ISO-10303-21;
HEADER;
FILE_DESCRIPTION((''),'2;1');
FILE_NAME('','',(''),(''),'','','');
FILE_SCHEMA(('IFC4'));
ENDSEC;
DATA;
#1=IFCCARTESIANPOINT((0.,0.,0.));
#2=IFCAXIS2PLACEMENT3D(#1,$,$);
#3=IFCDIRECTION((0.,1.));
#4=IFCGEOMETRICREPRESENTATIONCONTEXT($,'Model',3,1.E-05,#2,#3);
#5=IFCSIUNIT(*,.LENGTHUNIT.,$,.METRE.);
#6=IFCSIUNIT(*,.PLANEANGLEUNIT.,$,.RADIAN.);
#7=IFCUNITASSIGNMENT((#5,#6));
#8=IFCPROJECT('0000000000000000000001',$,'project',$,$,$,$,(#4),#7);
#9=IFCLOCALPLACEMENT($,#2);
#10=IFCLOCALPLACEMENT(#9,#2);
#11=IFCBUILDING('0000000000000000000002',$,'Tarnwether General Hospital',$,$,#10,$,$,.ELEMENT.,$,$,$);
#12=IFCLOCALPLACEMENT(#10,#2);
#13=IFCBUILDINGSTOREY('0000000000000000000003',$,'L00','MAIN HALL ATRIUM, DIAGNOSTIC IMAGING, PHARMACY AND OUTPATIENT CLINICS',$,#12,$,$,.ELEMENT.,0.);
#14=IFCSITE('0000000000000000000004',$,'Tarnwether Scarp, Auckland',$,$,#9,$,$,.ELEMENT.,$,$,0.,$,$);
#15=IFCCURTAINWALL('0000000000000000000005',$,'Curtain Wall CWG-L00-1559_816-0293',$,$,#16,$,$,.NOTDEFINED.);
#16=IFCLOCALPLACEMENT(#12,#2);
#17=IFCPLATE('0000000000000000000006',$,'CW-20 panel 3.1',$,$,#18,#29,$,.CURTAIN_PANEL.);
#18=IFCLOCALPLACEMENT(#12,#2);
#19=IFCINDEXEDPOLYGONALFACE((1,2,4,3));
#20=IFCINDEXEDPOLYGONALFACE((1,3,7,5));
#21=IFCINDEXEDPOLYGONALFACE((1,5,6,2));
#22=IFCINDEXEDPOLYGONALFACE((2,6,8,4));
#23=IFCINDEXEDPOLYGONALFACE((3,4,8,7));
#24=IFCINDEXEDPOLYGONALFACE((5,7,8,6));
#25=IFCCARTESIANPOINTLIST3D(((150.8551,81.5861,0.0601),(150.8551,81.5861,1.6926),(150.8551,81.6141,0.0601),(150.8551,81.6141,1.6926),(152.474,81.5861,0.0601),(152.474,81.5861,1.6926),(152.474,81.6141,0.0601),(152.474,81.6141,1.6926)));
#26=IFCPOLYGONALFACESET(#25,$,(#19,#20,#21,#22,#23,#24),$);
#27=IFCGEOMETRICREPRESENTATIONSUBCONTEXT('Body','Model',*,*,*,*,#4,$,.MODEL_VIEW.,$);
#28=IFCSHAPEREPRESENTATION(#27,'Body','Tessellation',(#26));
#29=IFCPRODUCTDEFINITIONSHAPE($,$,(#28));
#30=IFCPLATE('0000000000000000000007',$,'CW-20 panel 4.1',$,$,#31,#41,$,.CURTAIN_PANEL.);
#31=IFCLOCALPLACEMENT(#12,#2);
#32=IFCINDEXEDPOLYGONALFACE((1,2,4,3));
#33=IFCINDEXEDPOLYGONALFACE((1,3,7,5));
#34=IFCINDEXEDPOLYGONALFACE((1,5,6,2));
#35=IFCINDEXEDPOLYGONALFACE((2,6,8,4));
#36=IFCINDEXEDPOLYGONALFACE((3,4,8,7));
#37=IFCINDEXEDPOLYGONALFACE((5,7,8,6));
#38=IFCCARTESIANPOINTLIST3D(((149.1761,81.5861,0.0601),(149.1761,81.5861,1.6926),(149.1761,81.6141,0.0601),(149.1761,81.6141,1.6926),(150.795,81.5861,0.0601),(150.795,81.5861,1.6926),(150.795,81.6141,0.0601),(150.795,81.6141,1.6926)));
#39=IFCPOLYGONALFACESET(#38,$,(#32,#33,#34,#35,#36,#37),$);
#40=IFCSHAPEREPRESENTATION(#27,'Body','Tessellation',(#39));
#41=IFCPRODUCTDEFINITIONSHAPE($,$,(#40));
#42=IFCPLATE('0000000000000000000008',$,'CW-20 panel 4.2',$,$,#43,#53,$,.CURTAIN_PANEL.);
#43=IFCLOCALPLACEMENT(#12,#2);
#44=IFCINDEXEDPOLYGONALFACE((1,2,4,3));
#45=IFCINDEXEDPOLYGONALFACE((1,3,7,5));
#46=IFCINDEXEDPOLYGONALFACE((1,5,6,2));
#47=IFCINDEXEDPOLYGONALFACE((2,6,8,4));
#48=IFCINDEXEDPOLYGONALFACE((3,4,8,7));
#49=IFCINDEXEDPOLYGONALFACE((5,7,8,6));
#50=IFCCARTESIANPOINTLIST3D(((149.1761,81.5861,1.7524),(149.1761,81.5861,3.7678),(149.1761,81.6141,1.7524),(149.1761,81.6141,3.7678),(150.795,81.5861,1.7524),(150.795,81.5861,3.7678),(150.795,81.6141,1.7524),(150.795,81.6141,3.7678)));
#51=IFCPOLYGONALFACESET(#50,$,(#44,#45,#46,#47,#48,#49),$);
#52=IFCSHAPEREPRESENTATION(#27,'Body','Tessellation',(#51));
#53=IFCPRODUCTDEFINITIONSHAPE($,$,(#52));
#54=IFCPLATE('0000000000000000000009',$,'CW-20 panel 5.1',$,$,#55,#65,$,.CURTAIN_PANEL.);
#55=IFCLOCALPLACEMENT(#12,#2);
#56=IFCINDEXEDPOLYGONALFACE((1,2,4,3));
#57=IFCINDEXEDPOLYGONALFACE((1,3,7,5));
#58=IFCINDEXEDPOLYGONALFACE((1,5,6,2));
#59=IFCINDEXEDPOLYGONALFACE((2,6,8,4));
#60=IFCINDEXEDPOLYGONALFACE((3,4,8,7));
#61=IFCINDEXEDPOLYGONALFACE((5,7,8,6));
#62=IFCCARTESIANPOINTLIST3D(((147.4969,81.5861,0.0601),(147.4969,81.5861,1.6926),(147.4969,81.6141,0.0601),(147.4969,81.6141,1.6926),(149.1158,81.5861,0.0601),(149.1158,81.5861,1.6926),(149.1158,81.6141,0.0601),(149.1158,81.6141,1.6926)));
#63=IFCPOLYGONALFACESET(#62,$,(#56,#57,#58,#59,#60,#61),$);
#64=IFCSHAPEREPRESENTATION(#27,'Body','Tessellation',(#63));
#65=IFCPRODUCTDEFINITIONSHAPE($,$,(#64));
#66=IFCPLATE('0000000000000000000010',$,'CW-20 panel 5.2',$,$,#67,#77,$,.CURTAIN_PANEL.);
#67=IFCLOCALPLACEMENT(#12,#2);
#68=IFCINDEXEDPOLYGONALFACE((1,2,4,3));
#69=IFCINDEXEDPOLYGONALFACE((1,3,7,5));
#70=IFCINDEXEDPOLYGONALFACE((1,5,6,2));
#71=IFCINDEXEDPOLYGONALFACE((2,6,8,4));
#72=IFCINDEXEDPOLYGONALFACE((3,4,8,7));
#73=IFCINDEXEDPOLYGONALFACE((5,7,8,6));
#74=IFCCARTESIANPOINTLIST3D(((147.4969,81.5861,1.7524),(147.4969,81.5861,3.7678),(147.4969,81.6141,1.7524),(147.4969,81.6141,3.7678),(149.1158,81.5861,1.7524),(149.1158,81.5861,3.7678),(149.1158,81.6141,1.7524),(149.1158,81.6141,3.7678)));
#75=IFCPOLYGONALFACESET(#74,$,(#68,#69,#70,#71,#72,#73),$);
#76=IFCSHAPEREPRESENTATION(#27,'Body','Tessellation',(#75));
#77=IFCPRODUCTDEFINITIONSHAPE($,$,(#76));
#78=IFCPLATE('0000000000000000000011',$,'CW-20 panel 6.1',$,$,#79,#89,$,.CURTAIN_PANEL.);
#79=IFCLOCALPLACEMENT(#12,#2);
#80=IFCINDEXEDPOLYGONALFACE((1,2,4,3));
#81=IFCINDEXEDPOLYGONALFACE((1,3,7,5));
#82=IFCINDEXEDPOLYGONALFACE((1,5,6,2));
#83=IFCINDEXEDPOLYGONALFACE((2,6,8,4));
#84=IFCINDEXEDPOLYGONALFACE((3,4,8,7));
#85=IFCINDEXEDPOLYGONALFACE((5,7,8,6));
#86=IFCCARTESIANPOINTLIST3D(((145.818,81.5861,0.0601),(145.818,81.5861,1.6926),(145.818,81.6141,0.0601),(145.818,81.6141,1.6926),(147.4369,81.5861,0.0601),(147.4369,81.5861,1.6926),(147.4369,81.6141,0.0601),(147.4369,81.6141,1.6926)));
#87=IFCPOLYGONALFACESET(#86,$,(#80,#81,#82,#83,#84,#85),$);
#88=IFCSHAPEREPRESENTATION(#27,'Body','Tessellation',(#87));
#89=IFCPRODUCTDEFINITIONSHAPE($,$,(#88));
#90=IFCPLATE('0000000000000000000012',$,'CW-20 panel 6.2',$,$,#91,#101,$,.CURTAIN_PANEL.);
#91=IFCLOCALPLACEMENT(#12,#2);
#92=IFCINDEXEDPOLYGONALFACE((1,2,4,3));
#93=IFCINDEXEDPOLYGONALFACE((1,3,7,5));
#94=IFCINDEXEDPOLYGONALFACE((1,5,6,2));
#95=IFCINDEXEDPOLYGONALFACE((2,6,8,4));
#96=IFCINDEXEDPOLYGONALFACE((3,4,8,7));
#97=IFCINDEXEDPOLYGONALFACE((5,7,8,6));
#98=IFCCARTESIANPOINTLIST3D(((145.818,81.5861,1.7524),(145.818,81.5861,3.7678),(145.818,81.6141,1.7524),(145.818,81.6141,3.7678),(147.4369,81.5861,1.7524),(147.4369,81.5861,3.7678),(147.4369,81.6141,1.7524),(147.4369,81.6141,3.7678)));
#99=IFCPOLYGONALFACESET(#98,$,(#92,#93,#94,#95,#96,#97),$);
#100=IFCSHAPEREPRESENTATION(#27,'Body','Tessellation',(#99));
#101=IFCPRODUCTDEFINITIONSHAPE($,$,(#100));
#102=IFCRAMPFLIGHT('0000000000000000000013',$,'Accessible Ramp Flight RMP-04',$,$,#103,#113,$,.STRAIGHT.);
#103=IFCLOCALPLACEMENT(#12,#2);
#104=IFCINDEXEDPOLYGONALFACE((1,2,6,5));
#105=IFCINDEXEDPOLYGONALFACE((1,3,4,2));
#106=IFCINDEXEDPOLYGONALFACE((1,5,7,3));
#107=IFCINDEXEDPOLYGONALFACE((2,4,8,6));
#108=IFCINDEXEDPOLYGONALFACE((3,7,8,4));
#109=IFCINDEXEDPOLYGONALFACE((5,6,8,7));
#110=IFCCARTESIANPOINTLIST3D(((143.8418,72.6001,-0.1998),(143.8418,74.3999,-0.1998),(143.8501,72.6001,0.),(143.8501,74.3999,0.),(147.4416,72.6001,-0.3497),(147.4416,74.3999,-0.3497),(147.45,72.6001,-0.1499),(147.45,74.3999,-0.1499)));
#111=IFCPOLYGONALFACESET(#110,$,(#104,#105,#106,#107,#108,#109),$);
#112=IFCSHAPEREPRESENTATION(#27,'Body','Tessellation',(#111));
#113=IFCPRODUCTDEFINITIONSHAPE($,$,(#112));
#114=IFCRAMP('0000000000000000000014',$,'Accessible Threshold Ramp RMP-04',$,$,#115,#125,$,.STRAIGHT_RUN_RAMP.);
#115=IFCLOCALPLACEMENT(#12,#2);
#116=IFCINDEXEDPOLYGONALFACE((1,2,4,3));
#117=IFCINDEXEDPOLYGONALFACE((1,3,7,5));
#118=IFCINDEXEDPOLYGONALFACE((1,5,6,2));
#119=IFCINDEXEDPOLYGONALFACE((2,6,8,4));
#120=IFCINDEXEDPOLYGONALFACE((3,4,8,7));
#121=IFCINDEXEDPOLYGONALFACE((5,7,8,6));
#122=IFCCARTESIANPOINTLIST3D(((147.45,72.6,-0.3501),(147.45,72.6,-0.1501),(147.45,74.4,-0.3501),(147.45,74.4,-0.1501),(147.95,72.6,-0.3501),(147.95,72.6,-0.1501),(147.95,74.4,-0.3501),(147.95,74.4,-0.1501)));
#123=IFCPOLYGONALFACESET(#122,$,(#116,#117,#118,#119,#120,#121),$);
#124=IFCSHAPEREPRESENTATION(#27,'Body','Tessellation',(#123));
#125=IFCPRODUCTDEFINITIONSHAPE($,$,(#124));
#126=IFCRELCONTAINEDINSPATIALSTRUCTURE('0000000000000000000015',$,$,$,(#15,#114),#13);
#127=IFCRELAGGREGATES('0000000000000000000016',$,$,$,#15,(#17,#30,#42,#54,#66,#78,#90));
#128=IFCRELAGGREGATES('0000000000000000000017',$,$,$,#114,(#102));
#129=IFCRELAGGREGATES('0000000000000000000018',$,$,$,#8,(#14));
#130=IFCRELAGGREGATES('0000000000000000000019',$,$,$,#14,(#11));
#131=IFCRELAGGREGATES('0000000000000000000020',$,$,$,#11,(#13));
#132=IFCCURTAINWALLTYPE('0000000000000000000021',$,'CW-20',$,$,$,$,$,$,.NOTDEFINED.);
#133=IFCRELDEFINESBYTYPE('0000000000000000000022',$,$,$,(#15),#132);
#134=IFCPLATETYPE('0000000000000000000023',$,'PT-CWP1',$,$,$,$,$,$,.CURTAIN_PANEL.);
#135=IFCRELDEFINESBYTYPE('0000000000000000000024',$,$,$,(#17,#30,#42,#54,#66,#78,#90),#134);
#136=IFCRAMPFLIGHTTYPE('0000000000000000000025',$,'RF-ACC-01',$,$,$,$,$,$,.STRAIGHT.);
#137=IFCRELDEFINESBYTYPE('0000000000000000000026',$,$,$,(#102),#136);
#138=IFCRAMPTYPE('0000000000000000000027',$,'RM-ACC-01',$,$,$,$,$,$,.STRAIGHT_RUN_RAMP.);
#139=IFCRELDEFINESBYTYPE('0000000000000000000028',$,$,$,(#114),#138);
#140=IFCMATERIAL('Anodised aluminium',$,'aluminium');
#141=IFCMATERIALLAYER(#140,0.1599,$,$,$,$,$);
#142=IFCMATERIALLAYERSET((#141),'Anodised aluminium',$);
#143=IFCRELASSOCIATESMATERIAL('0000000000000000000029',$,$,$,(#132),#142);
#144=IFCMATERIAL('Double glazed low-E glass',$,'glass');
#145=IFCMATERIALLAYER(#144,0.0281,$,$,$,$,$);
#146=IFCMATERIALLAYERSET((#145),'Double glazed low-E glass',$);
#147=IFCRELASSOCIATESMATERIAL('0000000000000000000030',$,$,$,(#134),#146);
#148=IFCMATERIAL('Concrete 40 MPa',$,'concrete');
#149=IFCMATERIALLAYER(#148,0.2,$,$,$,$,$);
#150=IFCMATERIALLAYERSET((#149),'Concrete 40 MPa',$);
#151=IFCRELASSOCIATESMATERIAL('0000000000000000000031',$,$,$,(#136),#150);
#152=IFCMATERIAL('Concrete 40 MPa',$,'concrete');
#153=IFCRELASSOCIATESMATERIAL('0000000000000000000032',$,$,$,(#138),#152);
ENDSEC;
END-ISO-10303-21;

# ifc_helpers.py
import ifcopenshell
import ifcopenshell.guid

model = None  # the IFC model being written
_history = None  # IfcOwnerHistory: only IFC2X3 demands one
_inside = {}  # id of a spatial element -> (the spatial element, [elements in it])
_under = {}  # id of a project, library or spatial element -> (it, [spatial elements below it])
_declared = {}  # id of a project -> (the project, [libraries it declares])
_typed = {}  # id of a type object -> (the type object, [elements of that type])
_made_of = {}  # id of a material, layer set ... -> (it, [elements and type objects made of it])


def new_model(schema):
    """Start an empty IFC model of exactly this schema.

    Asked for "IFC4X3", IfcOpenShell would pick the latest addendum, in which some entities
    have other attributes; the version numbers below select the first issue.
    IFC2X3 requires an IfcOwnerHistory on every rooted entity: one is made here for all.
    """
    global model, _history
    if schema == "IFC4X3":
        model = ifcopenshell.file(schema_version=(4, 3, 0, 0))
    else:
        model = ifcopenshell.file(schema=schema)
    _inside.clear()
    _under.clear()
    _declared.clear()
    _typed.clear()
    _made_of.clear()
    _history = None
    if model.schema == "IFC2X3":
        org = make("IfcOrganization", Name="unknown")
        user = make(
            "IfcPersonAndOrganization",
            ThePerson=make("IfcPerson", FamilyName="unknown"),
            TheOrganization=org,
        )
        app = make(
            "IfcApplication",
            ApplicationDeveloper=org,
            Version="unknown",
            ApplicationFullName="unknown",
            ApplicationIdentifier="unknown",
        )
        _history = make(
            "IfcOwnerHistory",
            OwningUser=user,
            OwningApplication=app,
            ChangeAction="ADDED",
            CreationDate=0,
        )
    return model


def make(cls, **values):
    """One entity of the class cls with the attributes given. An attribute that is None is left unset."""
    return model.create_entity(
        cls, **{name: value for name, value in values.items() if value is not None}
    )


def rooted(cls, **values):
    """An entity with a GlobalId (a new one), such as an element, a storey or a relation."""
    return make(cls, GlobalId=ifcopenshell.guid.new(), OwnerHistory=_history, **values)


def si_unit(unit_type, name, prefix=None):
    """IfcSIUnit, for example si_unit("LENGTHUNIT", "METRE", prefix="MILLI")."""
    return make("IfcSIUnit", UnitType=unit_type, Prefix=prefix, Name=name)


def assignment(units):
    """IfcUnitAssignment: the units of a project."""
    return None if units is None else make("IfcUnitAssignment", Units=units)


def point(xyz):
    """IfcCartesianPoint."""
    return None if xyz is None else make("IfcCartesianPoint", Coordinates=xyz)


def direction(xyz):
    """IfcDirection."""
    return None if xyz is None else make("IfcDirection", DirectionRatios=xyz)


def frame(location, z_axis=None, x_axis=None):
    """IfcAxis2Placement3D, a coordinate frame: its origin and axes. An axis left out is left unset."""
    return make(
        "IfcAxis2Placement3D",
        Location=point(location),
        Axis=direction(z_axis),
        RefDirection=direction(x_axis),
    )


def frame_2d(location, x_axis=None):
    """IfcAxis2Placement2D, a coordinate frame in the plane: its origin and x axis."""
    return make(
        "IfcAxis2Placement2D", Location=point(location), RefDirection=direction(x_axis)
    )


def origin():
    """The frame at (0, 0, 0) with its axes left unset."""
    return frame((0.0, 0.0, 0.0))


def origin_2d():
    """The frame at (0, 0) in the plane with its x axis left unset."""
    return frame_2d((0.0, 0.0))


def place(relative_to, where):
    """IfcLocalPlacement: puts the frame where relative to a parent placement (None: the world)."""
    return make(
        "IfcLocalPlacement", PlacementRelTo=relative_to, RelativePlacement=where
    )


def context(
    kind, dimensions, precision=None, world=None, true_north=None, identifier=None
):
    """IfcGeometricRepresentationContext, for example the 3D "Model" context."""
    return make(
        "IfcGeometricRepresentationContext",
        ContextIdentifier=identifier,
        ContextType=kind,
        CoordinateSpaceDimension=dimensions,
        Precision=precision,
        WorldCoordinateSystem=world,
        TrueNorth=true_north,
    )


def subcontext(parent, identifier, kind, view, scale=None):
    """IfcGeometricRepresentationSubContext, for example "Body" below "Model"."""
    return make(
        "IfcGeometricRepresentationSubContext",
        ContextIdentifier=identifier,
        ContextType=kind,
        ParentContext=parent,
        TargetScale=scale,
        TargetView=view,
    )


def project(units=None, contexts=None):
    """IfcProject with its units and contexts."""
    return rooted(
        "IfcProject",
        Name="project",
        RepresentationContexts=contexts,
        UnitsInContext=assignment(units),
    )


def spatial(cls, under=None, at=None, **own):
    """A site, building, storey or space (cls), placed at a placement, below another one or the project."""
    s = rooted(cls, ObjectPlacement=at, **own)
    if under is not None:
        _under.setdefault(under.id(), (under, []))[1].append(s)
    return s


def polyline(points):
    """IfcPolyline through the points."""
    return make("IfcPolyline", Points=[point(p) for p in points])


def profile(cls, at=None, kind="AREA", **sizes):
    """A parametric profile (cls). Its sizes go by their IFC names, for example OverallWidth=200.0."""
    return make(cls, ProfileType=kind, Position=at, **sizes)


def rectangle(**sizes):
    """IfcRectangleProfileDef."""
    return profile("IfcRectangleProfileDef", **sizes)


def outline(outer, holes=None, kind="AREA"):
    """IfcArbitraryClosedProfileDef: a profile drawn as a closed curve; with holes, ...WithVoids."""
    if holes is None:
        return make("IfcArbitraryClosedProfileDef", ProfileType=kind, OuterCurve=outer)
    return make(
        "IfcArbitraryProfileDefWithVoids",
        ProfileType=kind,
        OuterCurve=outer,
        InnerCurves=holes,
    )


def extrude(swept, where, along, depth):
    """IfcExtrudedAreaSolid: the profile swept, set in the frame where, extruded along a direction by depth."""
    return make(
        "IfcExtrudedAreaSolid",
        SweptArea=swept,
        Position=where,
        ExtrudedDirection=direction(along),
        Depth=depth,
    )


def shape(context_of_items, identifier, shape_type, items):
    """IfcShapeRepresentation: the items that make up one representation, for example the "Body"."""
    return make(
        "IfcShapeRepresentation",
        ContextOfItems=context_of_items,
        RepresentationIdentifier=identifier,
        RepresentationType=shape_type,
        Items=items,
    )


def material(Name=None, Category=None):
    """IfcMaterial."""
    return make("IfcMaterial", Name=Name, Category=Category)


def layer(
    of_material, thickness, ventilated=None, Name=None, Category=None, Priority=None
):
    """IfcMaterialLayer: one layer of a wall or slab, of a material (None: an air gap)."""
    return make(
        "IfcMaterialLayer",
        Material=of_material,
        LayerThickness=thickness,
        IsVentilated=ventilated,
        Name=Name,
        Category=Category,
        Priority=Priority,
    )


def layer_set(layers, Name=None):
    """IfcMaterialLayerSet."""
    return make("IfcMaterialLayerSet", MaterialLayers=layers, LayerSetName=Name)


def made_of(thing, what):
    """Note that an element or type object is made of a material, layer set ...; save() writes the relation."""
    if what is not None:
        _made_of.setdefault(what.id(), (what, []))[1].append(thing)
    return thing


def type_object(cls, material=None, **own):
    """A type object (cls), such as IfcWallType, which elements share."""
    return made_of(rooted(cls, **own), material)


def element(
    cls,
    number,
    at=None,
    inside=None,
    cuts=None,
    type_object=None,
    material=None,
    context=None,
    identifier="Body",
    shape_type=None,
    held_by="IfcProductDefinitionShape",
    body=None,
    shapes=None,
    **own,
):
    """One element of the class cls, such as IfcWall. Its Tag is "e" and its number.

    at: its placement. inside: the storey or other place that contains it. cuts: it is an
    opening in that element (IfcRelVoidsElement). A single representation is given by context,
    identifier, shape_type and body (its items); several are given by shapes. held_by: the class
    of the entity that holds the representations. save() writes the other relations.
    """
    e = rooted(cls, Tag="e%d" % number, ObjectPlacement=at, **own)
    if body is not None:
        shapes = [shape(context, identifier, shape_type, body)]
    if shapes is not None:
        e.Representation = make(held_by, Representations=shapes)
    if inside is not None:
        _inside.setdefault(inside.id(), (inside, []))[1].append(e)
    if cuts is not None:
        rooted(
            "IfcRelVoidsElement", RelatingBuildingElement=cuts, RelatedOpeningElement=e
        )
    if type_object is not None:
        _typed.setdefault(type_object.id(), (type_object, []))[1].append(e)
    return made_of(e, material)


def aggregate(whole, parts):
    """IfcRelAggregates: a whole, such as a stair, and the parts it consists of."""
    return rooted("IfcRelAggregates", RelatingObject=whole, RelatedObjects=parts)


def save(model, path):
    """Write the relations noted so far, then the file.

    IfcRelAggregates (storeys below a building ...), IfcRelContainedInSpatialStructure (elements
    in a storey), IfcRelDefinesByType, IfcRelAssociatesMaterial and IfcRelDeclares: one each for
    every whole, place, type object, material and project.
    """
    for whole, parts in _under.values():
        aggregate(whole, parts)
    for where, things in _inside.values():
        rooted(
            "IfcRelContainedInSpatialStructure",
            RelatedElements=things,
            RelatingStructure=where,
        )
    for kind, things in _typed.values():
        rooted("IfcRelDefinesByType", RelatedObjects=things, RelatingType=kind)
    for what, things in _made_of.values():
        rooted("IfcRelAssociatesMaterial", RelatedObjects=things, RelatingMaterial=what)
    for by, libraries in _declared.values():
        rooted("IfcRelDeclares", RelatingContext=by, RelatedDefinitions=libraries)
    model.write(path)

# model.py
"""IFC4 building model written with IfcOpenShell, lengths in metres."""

from ifc_helpers import new_model, si_unit, direction, frame, origin, origin_2d, place, context, subcontext, project, spatial, polyline, rectangle, outline, extrude, material, layer, layer_set, type_object, element, aggregate, save


model = new_model("IFC4")

# Units and contexts
model_context = context("Model", 3, precision=1e-05, world=origin(), true_north=direction((0.0, 1.0)))
body_context = subcontext(model_context, "Body", "Model", "MODEL_VIEW")
ifc_project = project(units=[si_unit("LENGTHUNIT", "METRE"), si_unit("PLANEANGLEUNIT", "RADIAN")], contexts=[model_context])

# Site, building, storey
site_placement = place(None, origin())
site = spatial("IfcSite", under=ifc_project, at=site_placement, Name="Tarnwether Scarp, Auckland", CompositionType="ELEMENT", RefElevation=0.0)
building_placement = place(site_placement, origin())
building = spatial("IfcBuilding", under=site, at=building_placement, Name="Tarnwether General Hospital", CompositionType="ELEMENT")
storey_placement = place(building_placement, origin())
storey = spatial("IfcBuildingStorey", under=building, at=storey_placement, Name="L00", Description="MAIN HALL ATRIUM, DIAGNOSTIC IMAGING, PHARMACY AND OUTPATIENT CLINICS", CompositionType="ELEMENT", Elevation=0.0)

# Curtain wall, plates
ifc_material_1 = material(Name="Anodised aluminium", Category="aluminium")
ifc_layer_1 = layer(ifc_material_1, 0.1599)
ifc_layer_set_1 = layer_set([ifc_layer_1], Name="Anodised aluminium")
curtain_wall_type = type_object("IfcCurtainWallType", Name="CW-20", PredefinedType="NOTDEFINED", material=ifc_layer_set_1)
curtain_wall_placement = place(storey_placement, origin())
curtain_wall = element("IfcCurtainWall", 1, at=curtain_wall_placement, inside=storey, type_object=curtain_wall_type, Name="Curtain Wall CWG-L00-1559_816-0293", PredefinedType="NOTDEFINED")
ifc_material_2 = material(Name="Double glazed low-E glass", Category="glass")
ifc_layer_2 = layer(ifc_material_2, 0.0281)
ifc_layer_set_2 = layer_set([ifc_layer_2], Name="Double glazed low-E glass")
plate_type = type_object("IfcPlateType", Name="PT-CWP1", PredefinedType="CURTAIN_PANEL", material=ifc_layer_set_2)
plate_1_placement = place(storey_placement, frame((151.6646, 81.6001, 0.0601), z_axis=(0.0, 0.0, 1.0), x_axis=(-1.0, 0.0, 0.0)))
plate_1 = element("IfcPlate", 2, at=plate_1_placement, type_object=plate_type, Name="CW-20 panel 3.1", PredefinedType="CURTAIN_PANEL", context=body_context, shape_type="SweptSolid", body=[
    extrude(rectangle(XDim=1.6189, YDim=0.0281, at=origin_2d()), origin(), (0.0, 0.0, 1.0), 1.6326),
])
plate_2_placement = place(storey_placement, frame((149.9856, 81.6001, 0.0601), z_axis=(0.0, 0.0, 1.0), x_axis=(-1.0, 0.0, 0.0)))
plate_2 = element("IfcPlate", 3, at=plate_2_placement, type_object=plate_type, Name="CW-20 panel 4.1", PredefinedType="CURTAIN_PANEL", context=body_context, shape_type="SweptSolid", body=[
    extrude(rectangle(XDim=1.6189, YDim=0.0281, at=origin_2d()), origin(), (0.0, 0.0, 1.0), 1.6326),
])
plate_3_placement = place(storey_placement, frame((149.9856, 81.6001, 1.7524), z_axis=(0.0, 0.0, 1.0), x_axis=(-1.0, 0.0, 0.0)))
plate_3 = element("IfcPlate", 4, at=plate_3_placement, type_object=plate_type, Name="CW-20 panel 4.2", PredefinedType="CURTAIN_PANEL", context=body_context, shape_type="SweptSolid", body=[
    extrude(rectangle(XDim=1.6189, YDim=0.0281, at=origin_2d()), origin(), (0.0, 0.0, 1.0), 2.0154),
])
plate_4_placement = place(storey_placement, frame((148.3064, 81.6001, 0.0601), z_axis=(0.0, 0.0, 1.0), x_axis=(-1.0, 0.0, 0.0)))
plate_4 = element("IfcPlate", 5, at=plate_4_placement, type_object=plate_type, Name="CW-20 panel 5.1", PredefinedType="CURTAIN_PANEL", context=body_context, shape_type="SweptSolid", body=[
    extrude(rectangle(XDim=1.6189, YDim=0.0281, at=origin_2d()), origin(), (0.0, 0.0, 1.0), 1.6326),
])
plate_5_placement = place(storey_placement, frame((148.3064, 81.6001, 1.7524), z_axis=(0.0, 0.0, 1.0), x_axis=(-1.0, 0.0, 0.0)))
plate_5 = element("IfcPlate", 6, at=plate_5_placement, type_object=plate_type, Name="CW-20 panel 5.2", PredefinedType="CURTAIN_PANEL", context=body_context, shape_type="SweptSolid", body=[
    extrude(rectangle(XDim=1.6189, YDim=0.0281, at=origin_2d()), origin(), (0.0, 0.0, 1.0), 2.0154),
])
plate_6_placement = place(storey_placement, frame((146.6274, 81.6001, 0.0601), z_axis=(0.0, 0.0, 1.0), x_axis=(-1.0, 0.0, 0.0)))
plate_6 = element("IfcPlate", 7, at=plate_6_placement, type_object=plate_type, Name="CW-20 panel 6.1", PredefinedType="CURTAIN_PANEL", context=body_context, shape_type="SweptSolid", body=[
    extrude(rectangle(XDim=1.6189, YDim=0.0281, at=origin_2d()), origin(), (0.0, 0.0, 1.0), 1.6326),
])
plate_7_placement = place(storey_placement, frame((146.6274, 81.6001, 1.7524), z_axis=(0.0, 0.0, 1.0), x_axis=(-1.0, 0.0, 0.0)))
plate_7 = element("IfcPlate", 8, at=plate_7_placement, type_object=plate_type, Name="CW-20 panel 6.2", PredefinedType="CURTAIN_PANEL", context=body_context, shape_type="SweptSolid", body=[
    extrude(rectangle(XDim=1.6189, YDim=0.0281, at=origin_2d()), origin(), (0.0, 0.0, 1.0), 2.0154),
])
aggregate(curtain_wall, [plate_1, plate_2, plate_3, plate_4, plate_5, plate_6, plate_7])

# Ramp flight
ifc_material_3 = material(Name="Concrete 40 MPa", Category="concrete")
ifc_layer_3 = layer(ifc_material_3, 0.2)
ifc_layer_set_3 = layer_set([ifc_layer_3], Name="Concrete 40 MPa")
ramp_flight_type = type_object("IfcRampFlightType", Name="RF-ACC-01", PredefinedType="STRAIGHT", material=ifc_layer_set_3)
ramp_flight_placement = place(storey_placement, frame((147.45, 74.3999, -0.1499), z_axis=(0.041605, 0.0, 0.999134), x_axis=(-0.999134, 0.0, 0.041605)))
ramp_flight = element("IfcRampFlight", 9, at=ramp_flight_placement, type_object=ramp_flight_type, Name="Accessible Ramp Flight RMP-04", PredefinedType="STRAIGHT", context=body_context, shape_type="SweptSolid", body=[
    extrude(outline(polyline([(0.0, 0.0), (3.603, 0.0), (3.603, 1.7998), (0.0, 1.7998), (0.0, 0.0)])), origin(), (0.0, 0.0, -1.0), 0.2),
])

# Ramp
ifc_material_4 = material(Name="Concrete 40 MPa", Category="concrete")
ramp_type = type_object("IfcRampType", Name="RM-ACC-01", PredefinedType="STRAIGHT_RUN_RAMP", material=ifc_material_4)
ramp_placement = place(storey_placement, frame((147.7, 73.5, -0.3501), z_axis=(0.0, 0.0, 1.0), x_axis=(-1.0, 0.0, 0.0)))
ramp = element("IfcRamp", 10, at=ramp_placement, inside=storey, type_object=ramp_type, Name="Accessible Threshold Ramp RMP-04", PredefinedType="STRAIGHT_RUN_RAMP", context=body_context, shape_type="SweptSolid", body=[
    extrude(rectangle(XDim=0.5, YDim=1.8, at=origin_2d()), origin(), (0.0, 0.0, 1.0), 0.2),
])
aggregate(ramp, [ramp_flight])

save(model, "model.ifc")
